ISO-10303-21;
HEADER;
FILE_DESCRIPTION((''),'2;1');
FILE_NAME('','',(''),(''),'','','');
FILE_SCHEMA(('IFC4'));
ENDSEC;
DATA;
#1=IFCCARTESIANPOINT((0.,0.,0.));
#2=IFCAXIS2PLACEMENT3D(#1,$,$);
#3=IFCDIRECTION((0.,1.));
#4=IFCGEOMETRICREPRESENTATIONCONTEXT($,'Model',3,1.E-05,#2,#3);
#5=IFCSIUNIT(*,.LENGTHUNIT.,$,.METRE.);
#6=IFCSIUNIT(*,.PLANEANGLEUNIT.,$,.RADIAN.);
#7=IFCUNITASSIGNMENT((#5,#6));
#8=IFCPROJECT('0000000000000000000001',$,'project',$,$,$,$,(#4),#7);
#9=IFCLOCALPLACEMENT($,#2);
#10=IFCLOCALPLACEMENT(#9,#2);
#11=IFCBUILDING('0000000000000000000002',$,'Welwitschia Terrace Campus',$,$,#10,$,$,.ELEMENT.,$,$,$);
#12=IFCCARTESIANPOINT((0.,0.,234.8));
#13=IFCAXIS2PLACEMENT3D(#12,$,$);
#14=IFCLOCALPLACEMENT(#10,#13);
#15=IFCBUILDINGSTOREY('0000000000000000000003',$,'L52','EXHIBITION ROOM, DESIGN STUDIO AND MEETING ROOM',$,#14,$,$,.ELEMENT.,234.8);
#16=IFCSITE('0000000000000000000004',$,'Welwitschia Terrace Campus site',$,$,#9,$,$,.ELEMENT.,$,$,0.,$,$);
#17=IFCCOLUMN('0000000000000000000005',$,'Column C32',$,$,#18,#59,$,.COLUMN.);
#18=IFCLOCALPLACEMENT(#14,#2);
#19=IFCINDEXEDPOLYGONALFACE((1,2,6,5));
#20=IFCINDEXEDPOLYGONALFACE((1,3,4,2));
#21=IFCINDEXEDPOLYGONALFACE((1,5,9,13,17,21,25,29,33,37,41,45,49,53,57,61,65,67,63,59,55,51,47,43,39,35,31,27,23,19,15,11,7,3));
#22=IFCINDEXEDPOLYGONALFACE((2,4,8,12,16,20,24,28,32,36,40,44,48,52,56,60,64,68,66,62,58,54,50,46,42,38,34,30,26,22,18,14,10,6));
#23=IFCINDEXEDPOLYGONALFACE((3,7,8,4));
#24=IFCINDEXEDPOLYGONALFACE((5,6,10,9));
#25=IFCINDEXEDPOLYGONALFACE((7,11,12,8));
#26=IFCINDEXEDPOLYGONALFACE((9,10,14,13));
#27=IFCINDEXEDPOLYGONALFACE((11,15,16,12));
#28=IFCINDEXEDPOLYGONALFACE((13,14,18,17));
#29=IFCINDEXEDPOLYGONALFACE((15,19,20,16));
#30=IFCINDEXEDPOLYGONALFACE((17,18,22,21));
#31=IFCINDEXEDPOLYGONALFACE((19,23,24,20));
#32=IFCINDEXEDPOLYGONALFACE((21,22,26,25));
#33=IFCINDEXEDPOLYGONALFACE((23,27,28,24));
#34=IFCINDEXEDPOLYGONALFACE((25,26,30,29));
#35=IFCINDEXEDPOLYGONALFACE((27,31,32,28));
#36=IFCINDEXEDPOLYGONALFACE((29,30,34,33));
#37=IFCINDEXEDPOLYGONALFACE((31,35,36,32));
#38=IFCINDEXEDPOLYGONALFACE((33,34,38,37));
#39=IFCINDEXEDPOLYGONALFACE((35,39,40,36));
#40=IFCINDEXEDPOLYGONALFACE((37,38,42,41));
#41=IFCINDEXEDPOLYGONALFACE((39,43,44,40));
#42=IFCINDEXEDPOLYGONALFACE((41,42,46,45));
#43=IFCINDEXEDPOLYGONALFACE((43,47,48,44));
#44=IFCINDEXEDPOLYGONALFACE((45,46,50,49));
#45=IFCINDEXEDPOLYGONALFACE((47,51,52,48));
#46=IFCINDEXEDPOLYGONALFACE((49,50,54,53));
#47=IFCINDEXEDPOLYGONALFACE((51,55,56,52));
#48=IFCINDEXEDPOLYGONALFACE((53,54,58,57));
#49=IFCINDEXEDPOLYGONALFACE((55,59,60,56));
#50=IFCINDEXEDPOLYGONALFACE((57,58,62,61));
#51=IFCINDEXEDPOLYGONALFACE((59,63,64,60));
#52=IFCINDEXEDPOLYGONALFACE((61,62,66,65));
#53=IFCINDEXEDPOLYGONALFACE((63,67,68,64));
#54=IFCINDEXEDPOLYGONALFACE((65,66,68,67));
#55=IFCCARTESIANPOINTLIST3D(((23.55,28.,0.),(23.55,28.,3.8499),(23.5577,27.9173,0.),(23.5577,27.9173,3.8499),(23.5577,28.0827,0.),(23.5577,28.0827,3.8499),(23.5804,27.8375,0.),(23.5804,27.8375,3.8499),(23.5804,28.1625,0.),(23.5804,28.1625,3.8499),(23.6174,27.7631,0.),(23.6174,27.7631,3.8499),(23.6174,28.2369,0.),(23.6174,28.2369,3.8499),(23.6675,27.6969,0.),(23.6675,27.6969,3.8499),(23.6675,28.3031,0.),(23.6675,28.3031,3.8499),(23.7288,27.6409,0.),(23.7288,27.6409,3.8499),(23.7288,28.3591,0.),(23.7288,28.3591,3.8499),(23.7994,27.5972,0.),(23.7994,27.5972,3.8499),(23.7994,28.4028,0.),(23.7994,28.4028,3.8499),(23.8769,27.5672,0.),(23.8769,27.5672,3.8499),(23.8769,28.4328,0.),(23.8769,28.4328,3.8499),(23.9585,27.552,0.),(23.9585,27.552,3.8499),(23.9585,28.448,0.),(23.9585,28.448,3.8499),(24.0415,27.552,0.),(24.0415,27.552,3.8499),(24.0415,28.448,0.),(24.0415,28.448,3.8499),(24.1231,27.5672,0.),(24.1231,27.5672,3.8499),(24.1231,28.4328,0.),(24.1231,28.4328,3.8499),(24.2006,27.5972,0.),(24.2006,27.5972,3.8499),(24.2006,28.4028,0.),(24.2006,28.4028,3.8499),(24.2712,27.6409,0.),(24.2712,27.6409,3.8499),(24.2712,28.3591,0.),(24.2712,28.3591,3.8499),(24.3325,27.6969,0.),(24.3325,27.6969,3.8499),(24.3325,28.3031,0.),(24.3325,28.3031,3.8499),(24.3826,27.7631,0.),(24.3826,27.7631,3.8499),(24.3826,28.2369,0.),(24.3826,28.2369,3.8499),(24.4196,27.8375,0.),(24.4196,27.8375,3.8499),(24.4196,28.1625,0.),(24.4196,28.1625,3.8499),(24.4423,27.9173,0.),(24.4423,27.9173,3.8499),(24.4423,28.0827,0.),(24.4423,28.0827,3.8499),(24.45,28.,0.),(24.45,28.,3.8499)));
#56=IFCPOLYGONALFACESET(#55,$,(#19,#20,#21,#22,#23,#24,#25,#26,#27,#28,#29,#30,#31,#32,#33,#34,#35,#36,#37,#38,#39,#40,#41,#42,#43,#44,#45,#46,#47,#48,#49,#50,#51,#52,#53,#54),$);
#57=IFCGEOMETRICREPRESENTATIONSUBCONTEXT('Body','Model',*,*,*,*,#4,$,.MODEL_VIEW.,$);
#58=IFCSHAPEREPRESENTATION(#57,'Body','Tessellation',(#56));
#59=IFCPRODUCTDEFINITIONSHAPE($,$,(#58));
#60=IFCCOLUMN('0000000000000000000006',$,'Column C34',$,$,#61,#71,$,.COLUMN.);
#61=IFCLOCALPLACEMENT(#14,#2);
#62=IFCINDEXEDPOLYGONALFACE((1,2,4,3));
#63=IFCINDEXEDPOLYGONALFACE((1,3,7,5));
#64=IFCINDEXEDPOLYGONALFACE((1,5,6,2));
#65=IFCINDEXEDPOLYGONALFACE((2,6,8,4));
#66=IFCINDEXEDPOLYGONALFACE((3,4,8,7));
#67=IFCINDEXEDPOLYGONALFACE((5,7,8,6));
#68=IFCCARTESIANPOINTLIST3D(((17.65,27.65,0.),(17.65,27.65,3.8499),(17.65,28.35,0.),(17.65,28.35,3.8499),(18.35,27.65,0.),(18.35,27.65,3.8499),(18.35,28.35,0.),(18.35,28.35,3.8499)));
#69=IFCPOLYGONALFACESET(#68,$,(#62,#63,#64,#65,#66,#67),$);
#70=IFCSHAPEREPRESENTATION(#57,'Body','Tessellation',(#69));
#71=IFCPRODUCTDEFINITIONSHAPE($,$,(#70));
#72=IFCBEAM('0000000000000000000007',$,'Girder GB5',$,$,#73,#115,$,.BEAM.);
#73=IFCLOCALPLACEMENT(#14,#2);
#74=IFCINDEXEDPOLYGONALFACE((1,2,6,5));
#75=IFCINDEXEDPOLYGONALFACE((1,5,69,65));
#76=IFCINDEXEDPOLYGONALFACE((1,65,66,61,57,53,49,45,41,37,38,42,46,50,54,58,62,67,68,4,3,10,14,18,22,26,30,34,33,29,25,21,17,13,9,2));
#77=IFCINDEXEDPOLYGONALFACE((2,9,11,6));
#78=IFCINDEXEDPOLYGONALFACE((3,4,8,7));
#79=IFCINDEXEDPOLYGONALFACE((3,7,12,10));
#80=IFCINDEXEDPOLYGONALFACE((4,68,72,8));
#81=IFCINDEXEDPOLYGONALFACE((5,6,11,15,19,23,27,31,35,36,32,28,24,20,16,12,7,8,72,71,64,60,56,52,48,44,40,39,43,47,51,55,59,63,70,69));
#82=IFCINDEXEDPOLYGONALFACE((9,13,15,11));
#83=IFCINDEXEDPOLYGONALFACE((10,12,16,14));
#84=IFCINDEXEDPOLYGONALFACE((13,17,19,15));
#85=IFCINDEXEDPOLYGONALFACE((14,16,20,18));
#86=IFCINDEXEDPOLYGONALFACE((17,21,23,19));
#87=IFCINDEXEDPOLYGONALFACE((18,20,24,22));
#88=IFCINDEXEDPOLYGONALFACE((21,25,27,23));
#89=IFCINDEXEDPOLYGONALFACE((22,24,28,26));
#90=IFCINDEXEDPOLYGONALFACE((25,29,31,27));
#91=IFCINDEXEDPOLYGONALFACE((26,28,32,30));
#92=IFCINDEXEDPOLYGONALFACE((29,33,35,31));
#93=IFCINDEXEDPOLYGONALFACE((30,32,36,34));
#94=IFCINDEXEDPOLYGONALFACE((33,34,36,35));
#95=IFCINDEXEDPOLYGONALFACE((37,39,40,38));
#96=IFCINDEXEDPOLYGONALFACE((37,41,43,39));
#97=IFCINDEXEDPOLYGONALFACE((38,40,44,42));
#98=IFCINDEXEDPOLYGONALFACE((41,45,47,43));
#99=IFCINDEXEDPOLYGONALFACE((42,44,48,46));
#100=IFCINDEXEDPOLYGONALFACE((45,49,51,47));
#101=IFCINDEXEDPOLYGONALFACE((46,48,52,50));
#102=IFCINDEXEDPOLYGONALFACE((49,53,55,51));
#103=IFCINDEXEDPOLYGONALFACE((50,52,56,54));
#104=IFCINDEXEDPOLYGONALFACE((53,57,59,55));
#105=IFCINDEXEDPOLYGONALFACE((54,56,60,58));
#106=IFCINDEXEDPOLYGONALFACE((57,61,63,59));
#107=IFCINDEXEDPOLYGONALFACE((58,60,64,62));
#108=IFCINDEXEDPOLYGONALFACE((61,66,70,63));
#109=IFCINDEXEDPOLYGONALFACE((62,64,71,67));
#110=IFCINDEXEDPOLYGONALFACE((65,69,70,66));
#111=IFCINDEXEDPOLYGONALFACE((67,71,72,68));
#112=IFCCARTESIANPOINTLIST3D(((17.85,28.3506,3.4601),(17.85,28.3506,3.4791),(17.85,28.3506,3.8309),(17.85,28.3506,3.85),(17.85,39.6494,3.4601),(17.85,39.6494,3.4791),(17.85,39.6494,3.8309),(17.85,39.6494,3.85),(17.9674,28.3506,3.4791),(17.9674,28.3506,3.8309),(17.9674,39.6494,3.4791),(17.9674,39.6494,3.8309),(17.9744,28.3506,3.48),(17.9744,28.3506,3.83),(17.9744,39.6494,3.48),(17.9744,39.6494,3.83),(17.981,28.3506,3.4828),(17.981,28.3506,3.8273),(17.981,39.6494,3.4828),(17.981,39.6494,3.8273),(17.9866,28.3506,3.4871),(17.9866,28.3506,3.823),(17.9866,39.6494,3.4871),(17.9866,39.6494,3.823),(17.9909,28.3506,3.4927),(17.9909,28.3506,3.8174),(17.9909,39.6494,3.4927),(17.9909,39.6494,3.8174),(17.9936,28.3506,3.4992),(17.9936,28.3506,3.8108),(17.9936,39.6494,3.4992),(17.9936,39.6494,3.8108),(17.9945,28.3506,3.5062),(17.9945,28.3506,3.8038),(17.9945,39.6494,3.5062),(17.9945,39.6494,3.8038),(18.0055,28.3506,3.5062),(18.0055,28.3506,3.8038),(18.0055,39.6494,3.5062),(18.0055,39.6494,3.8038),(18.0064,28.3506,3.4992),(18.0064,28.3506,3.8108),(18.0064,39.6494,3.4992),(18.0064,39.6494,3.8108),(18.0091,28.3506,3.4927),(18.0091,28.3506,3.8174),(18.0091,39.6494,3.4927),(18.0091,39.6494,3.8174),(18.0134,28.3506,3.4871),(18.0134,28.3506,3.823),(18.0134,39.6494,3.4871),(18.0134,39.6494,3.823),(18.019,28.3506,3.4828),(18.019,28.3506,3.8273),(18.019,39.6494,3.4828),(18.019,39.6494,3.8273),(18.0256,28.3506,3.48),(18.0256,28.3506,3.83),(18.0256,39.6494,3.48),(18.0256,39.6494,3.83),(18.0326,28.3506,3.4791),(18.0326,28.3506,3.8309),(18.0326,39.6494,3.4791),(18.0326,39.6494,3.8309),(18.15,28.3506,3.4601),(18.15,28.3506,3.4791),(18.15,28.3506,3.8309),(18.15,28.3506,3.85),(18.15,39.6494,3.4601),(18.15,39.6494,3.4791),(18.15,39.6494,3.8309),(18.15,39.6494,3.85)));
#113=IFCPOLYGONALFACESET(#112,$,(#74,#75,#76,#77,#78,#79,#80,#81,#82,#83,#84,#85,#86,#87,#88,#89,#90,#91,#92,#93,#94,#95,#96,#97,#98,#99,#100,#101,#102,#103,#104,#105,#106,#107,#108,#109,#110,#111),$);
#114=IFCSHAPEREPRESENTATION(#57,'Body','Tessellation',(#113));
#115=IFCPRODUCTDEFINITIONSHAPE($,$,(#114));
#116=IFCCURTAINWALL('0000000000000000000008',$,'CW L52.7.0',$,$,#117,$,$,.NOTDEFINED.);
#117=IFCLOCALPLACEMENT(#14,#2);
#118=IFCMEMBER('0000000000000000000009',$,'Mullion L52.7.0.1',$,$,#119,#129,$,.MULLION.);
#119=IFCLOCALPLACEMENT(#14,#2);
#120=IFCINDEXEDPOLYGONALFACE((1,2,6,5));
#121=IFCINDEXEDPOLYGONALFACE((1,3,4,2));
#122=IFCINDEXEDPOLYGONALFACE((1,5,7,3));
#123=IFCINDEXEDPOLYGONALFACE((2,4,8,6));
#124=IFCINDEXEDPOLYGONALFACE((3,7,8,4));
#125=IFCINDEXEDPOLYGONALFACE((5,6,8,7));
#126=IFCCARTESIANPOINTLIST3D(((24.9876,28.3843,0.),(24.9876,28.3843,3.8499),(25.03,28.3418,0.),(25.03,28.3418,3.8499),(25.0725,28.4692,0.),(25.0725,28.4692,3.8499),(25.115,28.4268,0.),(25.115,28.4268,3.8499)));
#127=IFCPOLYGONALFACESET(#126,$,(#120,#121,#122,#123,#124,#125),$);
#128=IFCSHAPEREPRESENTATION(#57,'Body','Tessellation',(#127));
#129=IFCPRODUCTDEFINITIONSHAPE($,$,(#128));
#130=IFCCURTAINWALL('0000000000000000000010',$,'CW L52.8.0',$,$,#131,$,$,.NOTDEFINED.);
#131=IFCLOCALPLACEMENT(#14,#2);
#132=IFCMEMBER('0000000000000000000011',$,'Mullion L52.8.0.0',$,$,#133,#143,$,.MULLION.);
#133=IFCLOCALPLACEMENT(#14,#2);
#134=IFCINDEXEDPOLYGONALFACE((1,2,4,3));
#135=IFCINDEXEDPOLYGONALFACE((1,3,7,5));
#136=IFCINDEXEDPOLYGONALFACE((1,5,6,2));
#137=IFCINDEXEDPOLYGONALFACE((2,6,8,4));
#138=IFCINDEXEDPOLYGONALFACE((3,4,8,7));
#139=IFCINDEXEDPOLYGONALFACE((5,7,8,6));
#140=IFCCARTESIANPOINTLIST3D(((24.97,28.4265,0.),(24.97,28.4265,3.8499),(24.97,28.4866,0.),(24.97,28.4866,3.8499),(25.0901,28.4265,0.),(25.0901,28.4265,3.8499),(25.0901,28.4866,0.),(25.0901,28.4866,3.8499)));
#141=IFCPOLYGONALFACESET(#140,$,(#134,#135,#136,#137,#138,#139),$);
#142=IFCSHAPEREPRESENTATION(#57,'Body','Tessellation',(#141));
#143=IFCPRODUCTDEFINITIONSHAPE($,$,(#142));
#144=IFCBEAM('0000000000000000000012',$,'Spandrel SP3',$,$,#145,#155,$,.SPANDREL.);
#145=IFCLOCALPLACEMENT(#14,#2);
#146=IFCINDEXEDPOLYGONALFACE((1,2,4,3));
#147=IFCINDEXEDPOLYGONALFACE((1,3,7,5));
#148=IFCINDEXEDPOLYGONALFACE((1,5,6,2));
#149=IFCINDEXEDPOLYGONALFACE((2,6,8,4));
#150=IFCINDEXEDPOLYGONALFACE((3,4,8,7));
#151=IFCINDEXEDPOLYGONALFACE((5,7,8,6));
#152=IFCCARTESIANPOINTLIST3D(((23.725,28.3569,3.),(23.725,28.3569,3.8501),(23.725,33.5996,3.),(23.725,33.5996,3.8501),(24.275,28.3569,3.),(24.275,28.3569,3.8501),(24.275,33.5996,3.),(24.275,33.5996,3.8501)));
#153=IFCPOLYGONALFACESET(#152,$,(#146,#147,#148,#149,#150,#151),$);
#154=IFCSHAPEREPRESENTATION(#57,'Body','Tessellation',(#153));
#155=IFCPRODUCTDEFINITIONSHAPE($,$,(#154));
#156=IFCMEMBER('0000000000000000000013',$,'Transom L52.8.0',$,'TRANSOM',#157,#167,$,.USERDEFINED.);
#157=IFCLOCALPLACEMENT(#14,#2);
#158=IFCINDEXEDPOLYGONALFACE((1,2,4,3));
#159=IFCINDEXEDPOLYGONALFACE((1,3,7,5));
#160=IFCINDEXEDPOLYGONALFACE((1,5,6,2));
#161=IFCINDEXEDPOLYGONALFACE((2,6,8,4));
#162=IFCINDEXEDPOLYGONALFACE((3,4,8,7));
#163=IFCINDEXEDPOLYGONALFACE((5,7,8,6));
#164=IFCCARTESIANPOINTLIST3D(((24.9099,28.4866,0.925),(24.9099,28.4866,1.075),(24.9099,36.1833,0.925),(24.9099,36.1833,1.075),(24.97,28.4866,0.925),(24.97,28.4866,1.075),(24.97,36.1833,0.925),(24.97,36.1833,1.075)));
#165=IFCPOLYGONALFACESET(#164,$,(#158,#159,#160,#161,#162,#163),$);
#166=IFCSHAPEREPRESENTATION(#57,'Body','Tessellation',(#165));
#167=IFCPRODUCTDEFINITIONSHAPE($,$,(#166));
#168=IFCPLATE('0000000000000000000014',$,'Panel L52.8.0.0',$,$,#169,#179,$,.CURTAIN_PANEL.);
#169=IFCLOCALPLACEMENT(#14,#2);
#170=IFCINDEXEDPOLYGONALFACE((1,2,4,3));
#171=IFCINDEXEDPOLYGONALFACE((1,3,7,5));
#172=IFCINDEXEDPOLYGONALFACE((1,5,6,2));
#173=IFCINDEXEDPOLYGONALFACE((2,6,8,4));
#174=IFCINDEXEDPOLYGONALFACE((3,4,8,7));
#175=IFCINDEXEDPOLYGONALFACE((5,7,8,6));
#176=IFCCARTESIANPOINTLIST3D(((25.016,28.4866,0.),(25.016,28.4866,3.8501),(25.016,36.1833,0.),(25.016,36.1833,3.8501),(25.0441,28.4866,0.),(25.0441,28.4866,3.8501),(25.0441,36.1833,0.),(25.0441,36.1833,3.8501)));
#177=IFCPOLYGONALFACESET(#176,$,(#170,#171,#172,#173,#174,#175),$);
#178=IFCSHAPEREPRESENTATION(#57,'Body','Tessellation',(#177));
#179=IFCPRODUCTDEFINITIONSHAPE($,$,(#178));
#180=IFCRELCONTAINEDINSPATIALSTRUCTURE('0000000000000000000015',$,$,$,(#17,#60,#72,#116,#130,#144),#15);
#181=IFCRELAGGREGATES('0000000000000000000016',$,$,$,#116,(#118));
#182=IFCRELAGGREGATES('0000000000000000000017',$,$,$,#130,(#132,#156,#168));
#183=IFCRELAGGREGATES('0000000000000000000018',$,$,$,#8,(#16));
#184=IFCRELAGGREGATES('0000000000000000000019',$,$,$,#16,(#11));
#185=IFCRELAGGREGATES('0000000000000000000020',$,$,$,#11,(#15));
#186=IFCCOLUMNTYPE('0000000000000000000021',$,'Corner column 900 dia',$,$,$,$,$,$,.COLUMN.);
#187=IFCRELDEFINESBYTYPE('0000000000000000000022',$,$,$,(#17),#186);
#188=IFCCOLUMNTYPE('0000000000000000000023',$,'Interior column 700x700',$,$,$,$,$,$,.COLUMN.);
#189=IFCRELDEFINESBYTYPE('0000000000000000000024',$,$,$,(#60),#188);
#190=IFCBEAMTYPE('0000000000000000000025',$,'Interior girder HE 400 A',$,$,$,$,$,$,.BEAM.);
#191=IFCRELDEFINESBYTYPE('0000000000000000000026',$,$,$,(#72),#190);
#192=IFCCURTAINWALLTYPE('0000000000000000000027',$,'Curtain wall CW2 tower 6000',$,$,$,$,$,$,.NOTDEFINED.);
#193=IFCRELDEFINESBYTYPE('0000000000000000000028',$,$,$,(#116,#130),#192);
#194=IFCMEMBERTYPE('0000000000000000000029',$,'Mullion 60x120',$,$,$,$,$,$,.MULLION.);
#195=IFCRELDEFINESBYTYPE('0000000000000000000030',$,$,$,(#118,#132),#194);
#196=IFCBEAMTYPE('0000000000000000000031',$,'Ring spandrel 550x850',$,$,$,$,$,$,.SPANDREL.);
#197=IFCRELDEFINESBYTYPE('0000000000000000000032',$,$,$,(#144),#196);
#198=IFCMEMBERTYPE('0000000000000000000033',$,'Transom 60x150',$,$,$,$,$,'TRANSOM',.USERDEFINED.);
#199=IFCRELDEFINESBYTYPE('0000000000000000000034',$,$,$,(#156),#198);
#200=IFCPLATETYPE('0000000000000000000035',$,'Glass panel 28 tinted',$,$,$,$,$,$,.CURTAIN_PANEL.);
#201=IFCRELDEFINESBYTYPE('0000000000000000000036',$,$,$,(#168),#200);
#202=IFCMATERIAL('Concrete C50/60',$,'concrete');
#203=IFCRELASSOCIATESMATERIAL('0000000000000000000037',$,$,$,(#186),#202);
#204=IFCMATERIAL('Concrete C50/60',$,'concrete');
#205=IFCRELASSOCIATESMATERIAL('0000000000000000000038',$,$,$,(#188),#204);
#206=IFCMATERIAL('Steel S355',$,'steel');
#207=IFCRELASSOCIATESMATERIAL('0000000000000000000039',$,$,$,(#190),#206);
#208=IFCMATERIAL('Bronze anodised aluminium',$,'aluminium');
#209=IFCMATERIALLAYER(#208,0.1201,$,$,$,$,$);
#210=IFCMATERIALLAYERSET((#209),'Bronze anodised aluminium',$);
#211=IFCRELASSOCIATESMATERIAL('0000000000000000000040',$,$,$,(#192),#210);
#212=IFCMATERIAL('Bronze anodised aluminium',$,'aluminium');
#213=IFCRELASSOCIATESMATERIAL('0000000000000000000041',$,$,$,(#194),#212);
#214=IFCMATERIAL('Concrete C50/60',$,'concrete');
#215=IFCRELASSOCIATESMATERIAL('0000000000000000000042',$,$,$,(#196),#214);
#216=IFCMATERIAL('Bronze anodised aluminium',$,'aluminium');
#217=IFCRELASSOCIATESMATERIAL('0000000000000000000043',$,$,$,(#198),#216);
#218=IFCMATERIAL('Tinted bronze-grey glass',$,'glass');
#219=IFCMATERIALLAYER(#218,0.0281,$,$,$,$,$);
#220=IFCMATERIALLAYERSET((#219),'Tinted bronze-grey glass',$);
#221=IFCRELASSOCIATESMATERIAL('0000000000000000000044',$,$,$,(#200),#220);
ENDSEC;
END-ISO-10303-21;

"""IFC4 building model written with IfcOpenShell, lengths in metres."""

from ifc_helpers import new_model, si_unit, direction, frame, origin, origin_2d, place, context, subcontext, project, spatial, rectangle, circle, i_section, extrude, material, layer, layer_set, material_profile, profile_set, type_object, element, aggregate, save


model = new_model("IFC4")

# Units and contexts
model_context = context("Model", 3, precision=1e-05, world=origin(), true_north=direction((0.0, 1.0)))
body_context = subcontext(model_context, "Body", "Model", "MODEL_VIEW")
ifc_project = project(units=[si_unit("LENGTHUNIT", "METRE"), si_unit("PLANEANGLEUNIT", "RADIAN")], contexts=[model_context])

# Site, building, storey
site_placement = place(None, origin())
site = spatial("IfcSite", under=ifc_project, at=site_placement, Name="Welwitschia Terrace Campus site", CompositionType="ELEMENT", RefElevation=0.0)
building_placement = place(site_placement, origin())
building = spatial("IfcBuilding", under=site, at=building_placement, Name="Welwitschia Terrace Campus", CompositionType="ELEMENT")
storey_placement = place(building_placement, frame((0.0, 0.0, 234.8)))
storey = spatial("IfcBuildingStorey", under=building, at=storey_placement, Name="L52", Description="EXHIBITION ROOM, DESIGN STUDIO AND MEETING ROOM", CompositionType="ELEMENT", Elevation=234.8)

# Columns
ifc_material_1 = material(Name="Concrete C50/60", Category="concrete")
ifc_material_profile_1 = material_profile(ifc_material_1, circle(Radius=0.45, at=origin_2d()))
ifc_profile_set_1 = profile_set([ifc_material_profile_1], Name="Concrete C50/60")
column_type_1 = type_object("IfcColumnType", Name="Corner column 900 dia", PredefinedType="COLUMN", material=ifc_profile_set_1)
column_1_placement = place(storey_placement, frame((24.0, 28.0, 0.0), z_axis=(0.0, 0.0, 1.0), x_axis=(1.0, 0.0, 0.0)))
element("IfcColumn", 1, at=column_1_placement, inside=storey, type_object=column_type_1, Name="Column C32", PredefinedType="COLUMN", context=body_context, shape_type="SweptSolid", body=[
    extrude(circle(Radius=0.45, at=origin_2d()), origin(), (0.0, 0.0, 1.0), 3.8499),
])
ifc_material_2 = material(Name="Concrete C50/60", Category="concrete")
ifc_material_profile_2 = material_profile(ifc_material_2, rectangle(XDim=0.7, YDim=0.7, at=origin_2d()))
ifc_profile_set_2 = profile_set([ifc_material_profile_2], Name="Concrete C50/60")
column_type_2 = type_object("IfcColumnType", Name="Interior column 700x700", PredefinedType="COLUMN", material=ifc_profile_set_2)
column_2_placement = place(storey_placement, frame((18.0, 28.0, 0.0), z_axis=(0.0, 0.0, 1.0), x_axis=(1.0, 0.0, 0.0)))
element("IfcColumn", 2, at=column_2_placement, inside=storey, type_object=column_type_2, Name="Column C34", PredefinedType="COLUMN", context=body_context, shape_type="SweptSolid", body=[
    extrude(rectangle(XDim=0.7, YDim=0.7, at=origin_2d()), origin(), (0.0, 0.0, 1.0), 3.8499),
])

# Beam
ifc_material_3 = material(Name="Steel S355", Category="steel")
ifc_material_profile_3 = material_profile(ifc_material_3, i_section(OverallWidth=0.3, OverallDepth=0.3899, WebThickness=0.011, FlangeThickness=0.019, FilletRadius=0.0271, at=origin_2d()))
ifc_profile_set_3 = profile_set([ifc_material_profile_3], Name="Steel S355")
beam_type_1 = type_object("IfcBeamType", Name="Interior girder HE 400 A", PredefinedType="BEAM", material=ifc_profile_set_3)
beam_1_placement = place(storey_placement, frame((18.0, 28.3506, 3.655), z_axis=(0.0, 1.0, 0.0), x_axis=(-1.0, 0.0, 0.0)))
element("IfcBeam", 3, at=beam_1_placement, inside=storey, type_object=beam_type_1, Name="Girder GB5", PredefinedType="BEAM", context=body_context, shape_type="SweptSolid", body=[
    extrude(i_section(OverallWidth=0.3, OverallDepth=0.3899, WebThickness=0.011, FlangeThickness=0.019, FilletRadius=0.0271, at=origin_2d()), origin(), (0.0, 0.0, 1.0), 11.2988),
])

# Curtain walls, members
ifc_material_4 = material(Name="Bronze anodised aluminium", Category="aluminium")
ifc_layer_1 = layer(ifc_material_4, 0.1201)
ifc_layer_set_1 = layer_set([ifc_layer_1], Name="Bronze anodised aluminium")
curtain_wall_type = type_object("IfcCurtainWallType", Name="Curtain wall CW2 tower 6000", PredefinedType="NOTDEFINED", material=ifc_layer_set_1)
curtain_wall_1_placement = place(storey_placement, origin())
curtain_wall_1 = element("IfcCurtainWall", 4, at=curtain_wall_1_placement, inside=storey, type_object=curtain_wall_type, Name="CW L52.7.0", PredefinedType="NOTDEFINED")
ifc_material_5 = material(Name="Bronze anodised aluminium", Category="aluminium")
ifc_material_profile_4 = material_profile(ifc_material_5, rectangle(XDim=0.1201, YDim=0.0601, at=origin_2d()))
ifc_profile_set_4 = profile_set([ifc_material_profile_4], Name="Bronze anodised aluminium")
member_type_1 = type_object("IfcMemberType", Name="Mullion 60x120", PredefinedType="MULLION", material=ifc_profile_set_4)
member_1_placement = place(storey_placement, frame((25.0513, 28.4055, 0.0), z_axis=(0.0, 0.0, 1.0), x_axis=(-0.707107, -0.707107, 0.0)))
member_1 = element("IfcMember", 5, at=member_1_placement, type_object=member_type_1, Name="Mullion L52.7.0.1", PredefinedType="MULLION", context=body_context, shape_type="SweptSolid", body=[
    extrude(rectangle(XDim=0.1201, YDim=0.0601, at=origin_2d()), origin(), (0.0, 0.0, 1.0), 3.8499),
])
aggregate(curtain_wall_1, [member_1])
curtain_wall_2_placement = place(storey_placement, origin())
curtain_wall_2 = element("IfcCurtainWall", 6, at=curtain_wall_2_placement, inside=storey, type_object=curtain_wall_type, Name="CW L52.8.0", PredefinedType="NOTDEFINED")
member_2_placement = place(storey_placement, frame((25.03, 28.4565, 0.0), z_axis=(0.0, 0.0, 1.0), x_axis=(-1.0, 0.0, 0.0)))
member_2 = element("IfcMember", 7, at=member_2_placement, type_object=member_type_1, Name="Mullion L52.8.0.0", PredefinedType="MULLION", context=body_context, shape_type="SweptSolid", body=[
    extrude(rectangle(XDim=0.1201, YDim=0.0601, at=origin_2d()), origin(), (0.0, 0.0, 1.0), 3.8499),
])

# Beam
ifc_material_6 = material(Name="Concrete C50/60", Category="concrete")
ifc_material_profile_5 = material_profile(ifc_material_6, rectangle(XDim=0.55, YDim=0.8501, at=origin_2d()))
ifc_profile_set_5 = profile_set([ifc_material_profile_5], Name="Concrete C50/60")
beam_type_2 = type_object("IfcBeamType", Name="Ring spandrel 550x850", PredefinedType="SPANDREL", material=ifc_profile_set_5)
beam_2_placement = place(storey_placement, frame((24.0, 28.3569, 3.425), z_axis=(0.0, 1.0, 0.0), x_axis=(-1.0, 0.0, 0.0)))
element("IfcBeam", 8, at=beam_2_placement, inside=storey, type_object=beam_type_2, Name="Spandrel SP3", PredefinedType="SPANDREL", context=body_context, shape_type="SweptSolid", body=[
    extrude(rectangle(XDim=0.55, YDim=0.8501, at=origin_2d()), origin(), (0.0, 0.0, 1.0), 5.2427),
])

# Member
ifc_material_7 = material(Name="Bronze anodised aluminium", Category="aluminium")
ifc_material_profile_6 = material_profile(ifc_material_7, rectangle(XDim=0.0601, YDim=0.1499, at=origin_2d()))
ifc_profile_set_6 = profile_set([ifc_material_profile_6], Name="Bronze anodised aluminium")
member_type_2 = type_object("IfcMemberType", Name="Transom 60x150", ElementType="TRANSOM", PredefinedType="USERDEFINED", material=ifc_profile_set_6)
member_3_placement = place(storey_placement, frame((24.9399, 28.4866, 1.0), z_axis=(0.0, 1.0, 0.0), x_axis=(-1.0, 0.0, 0.0)))
member_3 = element("IfcMember", 9, at=member_3_placement, type_object=member_type_2, Name="Transom L52.8.0", ObjectType="TRANSOM", PredefinedType="USERDEFINED", context=body_context, shape_type="SweptSolid", body=[
    extrude(rectangle(XDim=0.0601, YDim=0.1499, at=origin_2d()), origin(), (0.0, 0.0, 1.0), 7.6968),
])

# Plate
ifc_material_8 = material(Name="Tinted bronze-grey glass", Category="glass")
ifc_layer_2 = layer(ifc_material_8, 0.0281)
ifc_layer_set_2 = layer_set([ifc_layer_2], Name="Tinted bronze-grey glass")
plate_type = type_object("IfcPlateType", Name="Glass panel 28 tinted", PredefinedType="CURTAIN_PANEL", material=ifc_layer_set_2)
plate_placement = place(storey_placement, frame((25.03, 32.335, 0.0), z_axis=(0.0, 0.0, 1.0), x_axis=(0.0, 1.0, 0.0)))
plate = element("IfcPlate", 10, at=plate_placement, type_object=plate_type, Name="Panel L52.8.0.0", PredefinedType="CURTAIN_PANEL", context=body_context, shape_type="SweptSolid", body=[
    extrude(rectangle(XDim=7.6968, YDim=0.0281, at=origin_2d()), origin(), (0.0, 0.0, 1.0), 3.8501),
])
aggregate(curtain_wall_2, [member_2, member_3, plate])

save(model, "model.ifc")
